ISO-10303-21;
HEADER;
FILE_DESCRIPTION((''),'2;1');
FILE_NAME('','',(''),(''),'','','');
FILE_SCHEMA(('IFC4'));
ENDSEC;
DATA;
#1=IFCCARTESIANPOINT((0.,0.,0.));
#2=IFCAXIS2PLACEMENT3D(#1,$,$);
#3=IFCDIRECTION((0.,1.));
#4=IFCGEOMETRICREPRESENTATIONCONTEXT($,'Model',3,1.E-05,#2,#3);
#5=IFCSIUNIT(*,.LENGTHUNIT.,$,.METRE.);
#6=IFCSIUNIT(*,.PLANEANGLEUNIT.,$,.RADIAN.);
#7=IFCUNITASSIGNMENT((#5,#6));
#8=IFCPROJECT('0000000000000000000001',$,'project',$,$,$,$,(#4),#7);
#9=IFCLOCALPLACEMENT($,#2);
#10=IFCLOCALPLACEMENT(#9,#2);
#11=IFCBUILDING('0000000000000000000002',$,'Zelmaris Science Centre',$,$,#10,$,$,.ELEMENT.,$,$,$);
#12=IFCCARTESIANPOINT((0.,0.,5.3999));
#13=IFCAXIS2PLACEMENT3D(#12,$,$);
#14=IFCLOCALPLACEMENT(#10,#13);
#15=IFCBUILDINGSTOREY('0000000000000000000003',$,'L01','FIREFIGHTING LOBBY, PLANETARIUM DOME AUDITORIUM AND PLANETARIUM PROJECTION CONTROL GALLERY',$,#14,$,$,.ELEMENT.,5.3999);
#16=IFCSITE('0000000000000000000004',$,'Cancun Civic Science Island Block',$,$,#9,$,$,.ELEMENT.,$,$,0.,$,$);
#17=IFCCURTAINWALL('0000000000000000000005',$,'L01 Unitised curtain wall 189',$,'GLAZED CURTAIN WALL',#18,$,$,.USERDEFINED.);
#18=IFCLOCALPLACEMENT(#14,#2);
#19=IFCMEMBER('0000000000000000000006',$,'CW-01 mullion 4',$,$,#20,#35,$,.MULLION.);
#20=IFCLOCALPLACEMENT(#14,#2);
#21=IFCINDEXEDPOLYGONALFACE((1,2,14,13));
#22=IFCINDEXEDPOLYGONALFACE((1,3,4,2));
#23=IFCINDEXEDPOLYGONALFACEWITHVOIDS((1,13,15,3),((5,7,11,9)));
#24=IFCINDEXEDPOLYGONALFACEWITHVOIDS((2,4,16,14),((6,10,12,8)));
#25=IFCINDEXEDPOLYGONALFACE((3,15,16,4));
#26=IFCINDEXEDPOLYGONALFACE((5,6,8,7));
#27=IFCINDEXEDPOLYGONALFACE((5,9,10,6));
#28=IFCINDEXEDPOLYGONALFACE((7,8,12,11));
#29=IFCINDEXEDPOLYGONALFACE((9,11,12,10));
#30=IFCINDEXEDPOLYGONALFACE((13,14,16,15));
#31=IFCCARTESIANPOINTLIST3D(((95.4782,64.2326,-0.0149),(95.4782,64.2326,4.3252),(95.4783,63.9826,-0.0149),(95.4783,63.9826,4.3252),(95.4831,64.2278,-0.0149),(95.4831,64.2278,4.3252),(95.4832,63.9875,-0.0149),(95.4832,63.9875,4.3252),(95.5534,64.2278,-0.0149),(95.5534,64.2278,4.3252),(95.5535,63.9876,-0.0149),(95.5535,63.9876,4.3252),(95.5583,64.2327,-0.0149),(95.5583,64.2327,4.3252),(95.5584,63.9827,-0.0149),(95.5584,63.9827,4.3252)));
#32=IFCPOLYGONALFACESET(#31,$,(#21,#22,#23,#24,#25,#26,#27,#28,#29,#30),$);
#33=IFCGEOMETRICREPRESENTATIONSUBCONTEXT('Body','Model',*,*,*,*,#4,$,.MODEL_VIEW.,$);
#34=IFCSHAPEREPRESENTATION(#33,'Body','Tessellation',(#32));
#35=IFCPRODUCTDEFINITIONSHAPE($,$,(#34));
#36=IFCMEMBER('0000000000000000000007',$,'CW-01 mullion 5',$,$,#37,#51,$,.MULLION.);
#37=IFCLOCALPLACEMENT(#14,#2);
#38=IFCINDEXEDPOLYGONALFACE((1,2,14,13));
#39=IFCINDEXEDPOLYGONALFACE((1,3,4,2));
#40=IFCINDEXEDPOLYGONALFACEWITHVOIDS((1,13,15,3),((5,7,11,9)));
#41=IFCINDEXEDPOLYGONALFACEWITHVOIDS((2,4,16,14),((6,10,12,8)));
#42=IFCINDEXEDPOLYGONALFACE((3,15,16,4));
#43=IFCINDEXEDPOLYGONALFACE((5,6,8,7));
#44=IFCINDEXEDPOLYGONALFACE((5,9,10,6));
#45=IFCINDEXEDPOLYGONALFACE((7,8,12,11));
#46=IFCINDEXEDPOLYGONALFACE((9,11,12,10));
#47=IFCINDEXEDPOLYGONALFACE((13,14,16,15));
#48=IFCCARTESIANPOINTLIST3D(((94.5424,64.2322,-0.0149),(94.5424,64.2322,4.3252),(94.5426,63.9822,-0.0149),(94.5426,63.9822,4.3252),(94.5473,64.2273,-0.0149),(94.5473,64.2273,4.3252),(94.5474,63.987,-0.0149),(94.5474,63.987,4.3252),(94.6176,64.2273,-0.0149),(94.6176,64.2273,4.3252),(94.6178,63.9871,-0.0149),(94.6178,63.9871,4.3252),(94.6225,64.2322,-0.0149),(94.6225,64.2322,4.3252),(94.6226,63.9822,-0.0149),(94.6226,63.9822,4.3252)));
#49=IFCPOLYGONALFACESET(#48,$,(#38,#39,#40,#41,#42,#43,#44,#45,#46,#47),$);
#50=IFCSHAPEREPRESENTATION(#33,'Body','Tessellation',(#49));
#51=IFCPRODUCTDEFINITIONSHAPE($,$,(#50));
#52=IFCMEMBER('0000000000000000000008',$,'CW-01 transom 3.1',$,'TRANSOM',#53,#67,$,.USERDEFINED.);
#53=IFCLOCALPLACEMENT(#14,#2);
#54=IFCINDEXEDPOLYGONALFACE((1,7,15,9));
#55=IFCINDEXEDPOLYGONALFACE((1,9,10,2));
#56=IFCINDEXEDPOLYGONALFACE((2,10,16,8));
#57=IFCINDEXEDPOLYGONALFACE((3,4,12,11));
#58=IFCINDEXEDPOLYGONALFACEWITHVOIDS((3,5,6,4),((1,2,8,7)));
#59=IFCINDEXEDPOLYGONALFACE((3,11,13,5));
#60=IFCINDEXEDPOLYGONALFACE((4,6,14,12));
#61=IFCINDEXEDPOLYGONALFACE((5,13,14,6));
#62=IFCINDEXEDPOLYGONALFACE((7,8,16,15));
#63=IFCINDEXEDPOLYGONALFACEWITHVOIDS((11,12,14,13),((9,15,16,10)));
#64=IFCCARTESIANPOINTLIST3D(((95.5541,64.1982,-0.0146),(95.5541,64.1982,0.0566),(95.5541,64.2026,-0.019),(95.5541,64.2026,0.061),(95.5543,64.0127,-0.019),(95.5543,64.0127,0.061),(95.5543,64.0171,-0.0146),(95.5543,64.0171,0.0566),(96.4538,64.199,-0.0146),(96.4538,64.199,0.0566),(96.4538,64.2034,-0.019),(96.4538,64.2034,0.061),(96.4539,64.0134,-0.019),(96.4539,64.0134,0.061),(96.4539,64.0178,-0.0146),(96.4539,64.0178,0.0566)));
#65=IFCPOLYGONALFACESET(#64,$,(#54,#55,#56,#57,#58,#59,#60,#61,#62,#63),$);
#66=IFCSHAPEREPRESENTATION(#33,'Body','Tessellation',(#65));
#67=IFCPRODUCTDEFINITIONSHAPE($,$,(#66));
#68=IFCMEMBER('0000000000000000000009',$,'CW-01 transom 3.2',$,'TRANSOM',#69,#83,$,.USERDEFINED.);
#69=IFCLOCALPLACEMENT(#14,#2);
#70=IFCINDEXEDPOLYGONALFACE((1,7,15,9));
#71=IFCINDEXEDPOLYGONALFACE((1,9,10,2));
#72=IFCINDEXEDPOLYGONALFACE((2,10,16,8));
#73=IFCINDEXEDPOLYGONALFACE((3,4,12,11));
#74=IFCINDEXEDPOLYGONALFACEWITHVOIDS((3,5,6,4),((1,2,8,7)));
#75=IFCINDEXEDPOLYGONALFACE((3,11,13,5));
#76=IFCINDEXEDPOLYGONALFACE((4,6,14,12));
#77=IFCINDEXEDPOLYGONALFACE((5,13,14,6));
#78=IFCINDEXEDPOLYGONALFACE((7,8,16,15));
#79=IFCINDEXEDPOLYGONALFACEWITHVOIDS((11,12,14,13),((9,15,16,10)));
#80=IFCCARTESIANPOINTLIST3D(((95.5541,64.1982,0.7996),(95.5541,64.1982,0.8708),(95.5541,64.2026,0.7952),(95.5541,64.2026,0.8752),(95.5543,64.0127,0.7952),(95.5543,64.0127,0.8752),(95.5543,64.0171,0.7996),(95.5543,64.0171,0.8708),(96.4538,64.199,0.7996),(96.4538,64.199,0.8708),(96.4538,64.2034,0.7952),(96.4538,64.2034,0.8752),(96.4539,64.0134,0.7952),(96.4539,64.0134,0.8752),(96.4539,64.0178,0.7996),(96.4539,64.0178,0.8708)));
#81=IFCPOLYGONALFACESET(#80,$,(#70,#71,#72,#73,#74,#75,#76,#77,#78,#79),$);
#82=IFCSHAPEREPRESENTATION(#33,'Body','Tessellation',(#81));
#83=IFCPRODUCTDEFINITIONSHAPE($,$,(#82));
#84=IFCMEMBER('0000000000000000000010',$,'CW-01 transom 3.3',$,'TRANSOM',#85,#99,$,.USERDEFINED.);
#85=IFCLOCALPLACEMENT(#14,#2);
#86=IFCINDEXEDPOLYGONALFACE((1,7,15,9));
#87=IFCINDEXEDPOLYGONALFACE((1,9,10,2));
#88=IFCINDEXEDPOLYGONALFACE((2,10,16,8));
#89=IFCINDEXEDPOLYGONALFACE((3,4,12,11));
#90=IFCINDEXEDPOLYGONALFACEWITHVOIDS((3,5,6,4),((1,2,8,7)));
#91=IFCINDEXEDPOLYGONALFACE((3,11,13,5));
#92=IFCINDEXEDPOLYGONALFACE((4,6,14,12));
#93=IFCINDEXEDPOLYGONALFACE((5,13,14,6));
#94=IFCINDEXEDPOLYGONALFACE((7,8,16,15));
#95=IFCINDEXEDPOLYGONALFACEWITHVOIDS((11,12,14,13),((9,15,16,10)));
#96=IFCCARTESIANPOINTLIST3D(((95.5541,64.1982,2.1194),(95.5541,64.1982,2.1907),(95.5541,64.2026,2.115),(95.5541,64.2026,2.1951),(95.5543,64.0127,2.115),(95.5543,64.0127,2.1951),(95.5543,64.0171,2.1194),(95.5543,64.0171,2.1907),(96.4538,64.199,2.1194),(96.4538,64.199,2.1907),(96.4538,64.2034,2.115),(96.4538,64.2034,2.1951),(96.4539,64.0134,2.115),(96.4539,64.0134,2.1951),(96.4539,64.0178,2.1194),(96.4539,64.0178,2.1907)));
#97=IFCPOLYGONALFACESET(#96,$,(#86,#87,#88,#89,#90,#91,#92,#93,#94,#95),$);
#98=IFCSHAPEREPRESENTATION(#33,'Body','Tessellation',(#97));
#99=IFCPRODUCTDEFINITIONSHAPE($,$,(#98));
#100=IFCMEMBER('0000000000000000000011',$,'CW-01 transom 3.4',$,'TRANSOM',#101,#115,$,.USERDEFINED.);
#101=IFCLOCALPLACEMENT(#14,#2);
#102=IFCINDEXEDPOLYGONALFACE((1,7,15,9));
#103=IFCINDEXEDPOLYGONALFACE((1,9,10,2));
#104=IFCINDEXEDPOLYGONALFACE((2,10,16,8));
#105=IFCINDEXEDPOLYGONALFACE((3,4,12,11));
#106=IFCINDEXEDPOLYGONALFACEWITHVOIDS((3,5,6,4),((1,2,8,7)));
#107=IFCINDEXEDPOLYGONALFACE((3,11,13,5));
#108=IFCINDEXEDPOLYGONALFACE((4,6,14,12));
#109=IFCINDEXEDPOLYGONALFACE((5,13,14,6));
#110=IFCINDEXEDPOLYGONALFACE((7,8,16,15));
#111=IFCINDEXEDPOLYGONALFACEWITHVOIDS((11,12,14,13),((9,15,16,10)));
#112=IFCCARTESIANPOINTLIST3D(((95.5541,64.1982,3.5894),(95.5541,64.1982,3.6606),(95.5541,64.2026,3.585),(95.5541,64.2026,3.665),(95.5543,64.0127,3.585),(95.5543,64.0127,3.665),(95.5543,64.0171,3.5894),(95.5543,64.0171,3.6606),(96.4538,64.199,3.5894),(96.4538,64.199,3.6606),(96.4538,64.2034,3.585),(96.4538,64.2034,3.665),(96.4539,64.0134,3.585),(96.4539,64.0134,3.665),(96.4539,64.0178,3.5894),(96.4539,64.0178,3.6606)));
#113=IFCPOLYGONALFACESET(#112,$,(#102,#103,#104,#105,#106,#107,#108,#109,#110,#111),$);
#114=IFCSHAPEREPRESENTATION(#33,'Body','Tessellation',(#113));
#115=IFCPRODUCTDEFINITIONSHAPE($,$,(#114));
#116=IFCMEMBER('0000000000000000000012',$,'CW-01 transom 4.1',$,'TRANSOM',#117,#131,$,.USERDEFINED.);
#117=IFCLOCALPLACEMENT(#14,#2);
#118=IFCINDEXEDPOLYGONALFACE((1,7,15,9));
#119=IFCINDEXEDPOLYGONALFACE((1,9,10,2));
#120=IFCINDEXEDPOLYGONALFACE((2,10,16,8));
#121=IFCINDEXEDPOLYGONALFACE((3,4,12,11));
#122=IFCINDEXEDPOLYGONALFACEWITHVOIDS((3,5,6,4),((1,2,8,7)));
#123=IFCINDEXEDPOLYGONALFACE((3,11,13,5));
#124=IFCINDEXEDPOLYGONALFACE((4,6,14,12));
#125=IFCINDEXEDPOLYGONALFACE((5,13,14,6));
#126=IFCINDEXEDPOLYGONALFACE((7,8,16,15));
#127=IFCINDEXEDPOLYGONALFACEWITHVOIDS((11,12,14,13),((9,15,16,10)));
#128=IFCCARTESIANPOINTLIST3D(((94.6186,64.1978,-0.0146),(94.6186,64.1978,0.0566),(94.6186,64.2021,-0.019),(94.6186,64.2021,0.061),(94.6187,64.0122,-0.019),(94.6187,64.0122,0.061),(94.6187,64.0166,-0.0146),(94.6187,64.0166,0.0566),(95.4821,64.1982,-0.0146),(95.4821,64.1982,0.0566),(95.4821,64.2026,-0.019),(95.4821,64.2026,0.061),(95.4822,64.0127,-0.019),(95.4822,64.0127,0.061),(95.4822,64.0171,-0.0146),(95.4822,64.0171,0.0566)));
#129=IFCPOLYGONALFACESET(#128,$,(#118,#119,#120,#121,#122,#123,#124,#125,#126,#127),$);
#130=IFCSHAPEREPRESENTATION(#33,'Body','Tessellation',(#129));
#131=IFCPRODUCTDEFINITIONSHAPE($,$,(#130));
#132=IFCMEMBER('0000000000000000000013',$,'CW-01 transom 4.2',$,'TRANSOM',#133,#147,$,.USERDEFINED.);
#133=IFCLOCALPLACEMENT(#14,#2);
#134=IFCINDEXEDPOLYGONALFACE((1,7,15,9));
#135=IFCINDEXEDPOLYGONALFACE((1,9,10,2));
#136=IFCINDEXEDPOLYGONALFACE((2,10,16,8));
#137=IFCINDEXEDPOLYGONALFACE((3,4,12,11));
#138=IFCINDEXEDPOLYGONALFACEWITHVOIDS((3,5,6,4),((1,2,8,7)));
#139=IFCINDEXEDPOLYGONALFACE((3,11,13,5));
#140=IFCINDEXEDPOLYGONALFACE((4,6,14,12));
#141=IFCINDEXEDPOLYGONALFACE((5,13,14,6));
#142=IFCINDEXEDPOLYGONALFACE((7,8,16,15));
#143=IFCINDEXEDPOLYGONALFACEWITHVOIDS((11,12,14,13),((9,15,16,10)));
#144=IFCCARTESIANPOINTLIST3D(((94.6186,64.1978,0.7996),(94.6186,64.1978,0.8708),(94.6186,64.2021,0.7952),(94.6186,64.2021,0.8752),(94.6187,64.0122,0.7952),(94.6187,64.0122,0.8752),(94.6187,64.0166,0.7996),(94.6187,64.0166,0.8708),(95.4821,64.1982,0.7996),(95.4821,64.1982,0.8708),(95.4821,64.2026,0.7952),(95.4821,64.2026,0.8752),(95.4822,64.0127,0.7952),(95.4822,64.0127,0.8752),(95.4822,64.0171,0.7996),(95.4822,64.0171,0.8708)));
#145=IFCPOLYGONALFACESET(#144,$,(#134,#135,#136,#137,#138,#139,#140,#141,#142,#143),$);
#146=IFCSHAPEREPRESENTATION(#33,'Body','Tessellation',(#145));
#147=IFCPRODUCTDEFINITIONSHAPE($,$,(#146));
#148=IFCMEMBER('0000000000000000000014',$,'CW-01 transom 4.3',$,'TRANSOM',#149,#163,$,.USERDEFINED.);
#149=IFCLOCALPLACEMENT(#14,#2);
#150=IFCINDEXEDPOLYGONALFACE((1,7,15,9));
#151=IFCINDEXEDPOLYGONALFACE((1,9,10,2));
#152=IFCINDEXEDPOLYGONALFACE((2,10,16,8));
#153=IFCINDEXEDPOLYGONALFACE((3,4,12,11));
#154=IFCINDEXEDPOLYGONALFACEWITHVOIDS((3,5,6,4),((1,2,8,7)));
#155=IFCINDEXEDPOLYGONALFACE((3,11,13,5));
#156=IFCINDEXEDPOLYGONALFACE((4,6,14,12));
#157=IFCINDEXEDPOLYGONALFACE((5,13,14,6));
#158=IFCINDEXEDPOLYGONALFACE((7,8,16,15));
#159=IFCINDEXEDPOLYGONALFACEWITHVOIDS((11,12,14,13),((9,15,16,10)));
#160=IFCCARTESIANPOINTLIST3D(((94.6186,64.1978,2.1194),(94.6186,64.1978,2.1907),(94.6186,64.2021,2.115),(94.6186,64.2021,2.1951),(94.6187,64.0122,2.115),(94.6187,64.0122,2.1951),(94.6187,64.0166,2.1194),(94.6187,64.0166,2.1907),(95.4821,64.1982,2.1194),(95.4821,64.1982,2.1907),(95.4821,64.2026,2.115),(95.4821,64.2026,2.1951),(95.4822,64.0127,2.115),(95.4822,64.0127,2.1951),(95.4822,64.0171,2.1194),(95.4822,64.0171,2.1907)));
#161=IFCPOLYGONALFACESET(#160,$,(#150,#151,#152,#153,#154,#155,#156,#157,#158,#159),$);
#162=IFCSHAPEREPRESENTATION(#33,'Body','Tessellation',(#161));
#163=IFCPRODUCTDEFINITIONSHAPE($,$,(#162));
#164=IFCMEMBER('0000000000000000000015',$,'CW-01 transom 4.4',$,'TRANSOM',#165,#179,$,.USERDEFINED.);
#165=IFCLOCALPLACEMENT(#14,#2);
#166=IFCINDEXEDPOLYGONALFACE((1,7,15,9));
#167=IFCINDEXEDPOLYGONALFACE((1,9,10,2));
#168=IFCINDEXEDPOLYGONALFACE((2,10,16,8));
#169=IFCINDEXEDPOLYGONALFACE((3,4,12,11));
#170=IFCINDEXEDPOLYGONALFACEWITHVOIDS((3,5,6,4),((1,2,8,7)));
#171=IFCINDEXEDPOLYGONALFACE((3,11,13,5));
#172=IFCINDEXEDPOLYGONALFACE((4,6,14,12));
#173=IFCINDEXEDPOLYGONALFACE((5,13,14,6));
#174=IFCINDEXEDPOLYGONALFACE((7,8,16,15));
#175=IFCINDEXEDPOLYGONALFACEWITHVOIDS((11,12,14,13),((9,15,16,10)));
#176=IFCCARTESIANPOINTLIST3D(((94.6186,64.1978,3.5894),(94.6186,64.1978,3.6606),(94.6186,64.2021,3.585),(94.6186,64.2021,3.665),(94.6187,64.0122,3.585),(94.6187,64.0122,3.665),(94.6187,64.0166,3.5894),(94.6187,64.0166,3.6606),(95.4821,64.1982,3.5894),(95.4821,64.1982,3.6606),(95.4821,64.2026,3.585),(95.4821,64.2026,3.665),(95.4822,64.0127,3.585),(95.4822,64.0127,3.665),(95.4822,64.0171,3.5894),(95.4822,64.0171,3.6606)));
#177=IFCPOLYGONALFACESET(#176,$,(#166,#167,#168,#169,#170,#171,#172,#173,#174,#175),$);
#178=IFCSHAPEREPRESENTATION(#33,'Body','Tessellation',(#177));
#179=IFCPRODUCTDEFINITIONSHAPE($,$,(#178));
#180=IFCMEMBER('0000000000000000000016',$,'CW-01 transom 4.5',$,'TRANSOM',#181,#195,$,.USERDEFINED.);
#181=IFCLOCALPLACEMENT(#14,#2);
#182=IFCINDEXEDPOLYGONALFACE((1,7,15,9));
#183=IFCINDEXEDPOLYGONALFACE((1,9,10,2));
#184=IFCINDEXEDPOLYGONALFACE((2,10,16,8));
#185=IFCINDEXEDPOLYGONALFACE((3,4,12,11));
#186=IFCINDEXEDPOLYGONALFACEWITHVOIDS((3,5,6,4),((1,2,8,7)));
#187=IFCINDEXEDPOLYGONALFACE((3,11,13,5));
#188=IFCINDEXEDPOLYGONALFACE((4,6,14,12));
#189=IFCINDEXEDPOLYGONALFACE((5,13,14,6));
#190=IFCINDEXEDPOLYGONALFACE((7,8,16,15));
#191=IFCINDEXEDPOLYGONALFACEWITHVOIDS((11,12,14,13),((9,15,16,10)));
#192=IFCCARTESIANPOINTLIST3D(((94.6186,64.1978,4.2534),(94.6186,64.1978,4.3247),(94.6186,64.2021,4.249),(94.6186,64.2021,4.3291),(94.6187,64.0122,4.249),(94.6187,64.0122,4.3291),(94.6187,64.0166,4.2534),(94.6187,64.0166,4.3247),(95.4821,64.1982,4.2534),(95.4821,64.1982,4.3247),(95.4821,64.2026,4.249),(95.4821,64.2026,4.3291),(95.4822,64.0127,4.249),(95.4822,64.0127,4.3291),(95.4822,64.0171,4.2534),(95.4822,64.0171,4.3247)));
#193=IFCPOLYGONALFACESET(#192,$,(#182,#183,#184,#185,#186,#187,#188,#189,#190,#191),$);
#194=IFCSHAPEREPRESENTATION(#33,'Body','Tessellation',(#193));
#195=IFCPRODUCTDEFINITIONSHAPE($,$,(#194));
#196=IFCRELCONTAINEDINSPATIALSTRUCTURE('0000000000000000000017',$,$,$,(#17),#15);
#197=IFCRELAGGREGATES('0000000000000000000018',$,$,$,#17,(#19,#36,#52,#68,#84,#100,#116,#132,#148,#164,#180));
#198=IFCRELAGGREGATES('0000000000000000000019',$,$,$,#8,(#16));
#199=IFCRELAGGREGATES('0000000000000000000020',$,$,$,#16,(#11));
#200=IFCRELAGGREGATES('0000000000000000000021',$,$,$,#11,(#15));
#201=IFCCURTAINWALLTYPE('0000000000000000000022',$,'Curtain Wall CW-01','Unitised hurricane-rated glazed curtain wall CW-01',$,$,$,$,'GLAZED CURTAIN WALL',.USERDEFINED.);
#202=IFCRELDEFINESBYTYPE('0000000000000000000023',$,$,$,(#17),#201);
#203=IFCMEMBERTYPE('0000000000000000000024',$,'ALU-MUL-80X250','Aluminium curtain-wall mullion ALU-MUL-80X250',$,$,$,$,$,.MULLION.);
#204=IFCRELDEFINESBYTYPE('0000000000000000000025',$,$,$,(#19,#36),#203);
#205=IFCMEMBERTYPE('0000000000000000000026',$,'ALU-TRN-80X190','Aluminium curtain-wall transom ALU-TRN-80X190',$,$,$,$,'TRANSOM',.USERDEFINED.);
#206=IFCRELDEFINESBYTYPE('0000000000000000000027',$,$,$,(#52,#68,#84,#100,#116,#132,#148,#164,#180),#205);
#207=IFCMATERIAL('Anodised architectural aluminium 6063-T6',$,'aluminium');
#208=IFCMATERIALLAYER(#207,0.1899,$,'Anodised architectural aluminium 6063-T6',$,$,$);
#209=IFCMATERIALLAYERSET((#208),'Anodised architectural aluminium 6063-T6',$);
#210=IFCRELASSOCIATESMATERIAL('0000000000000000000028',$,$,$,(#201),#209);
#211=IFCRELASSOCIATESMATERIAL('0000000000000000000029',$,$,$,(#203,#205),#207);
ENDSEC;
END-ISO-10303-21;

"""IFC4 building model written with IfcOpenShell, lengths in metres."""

from ifc_helpers import new_model, si_unit, direction, frame, origin, origin_2d, place, context, subcontext, project, spatial, hollow_rectangle, extrude, material, layer, layer_set, material_profile, profile_set, type_object, element, aggregate, save


model = new_model("IFC4")

# Units and contexts
model_context = context("Model", 3, precision=1e-05, world=origin(), true_north=direction((0.0, 1.0)))
body_context = subcontext(model_context, "Body", "Model", "MODEL_VIEW")
ifc_project = project(units=[si_unit("LENGTHUNIT", "METRE"), si_unit("PLANEANGLEUNIT", "RADIAN")], contexts=[model_context])

# Site, building, storey
site_placement = place(None, origin())
site = spatial("IfcSite", under=ifc_project, at=site_placement, Name="Cancun Civic Science Island Block", CompositionType="ELEMENT", RefElevation=0.0)
building_placement = place(site_placement, origin())
building = spatial("IfcBuilding", under=site, at=building_placement, Name="Zelmaris Science Centre", CompositionType="ELEMENT")
storey_placement = place(building_placement, frame((0.0, 0.0, 5.3999)))
storey = spatial("IfcBuildingStorey", under=building, at=storey_placement, Name="L01", Description="FIREFIGHTING LOBBY, PLANETARIUM DOME AUDITORIUM AND PLANETARIUM PROJECTION CONTROL GALLERY", CompositionType="ELEMENT", Elevation=5.3999)

# Curtain wall, members
ifc_material_1 = material(Name="Anodised architectural aluminium 6063-T6", Category="aluminium")
ifc_layer_1 = layer(ifc_material_1, 0.1899, Name="Anodised architectural aluminium 6063-T6")
ifc_layer_set_1 = layer_set([ifc_layer_1], Name="Anodised architectural aluminium 6063-T6")
curtain_wall_type = type_object("IfcCurtainWallType", Name="Curtain Wall CW-01", Description="Unitised hurricane-rated glazed curtain wall CW-01", ElementType="GLAZED CURTAIN WALL", PredefinedType="USERDEFINED", material=ifc_layer_set_1)
curtain_wall_placement = place(storey_placement, origin())
curtain_wall = element("IfcCurtainWall", 1, at=curtain_wall_placement, inside=storey, type_object=curtain_wall_type, Name="L01 Unitised curtain wall 189", ObjectType="GLAZED CURTAIN WALL", PredefinedType="USERDEFINED")
ifc_material_profile_1 = material_profile(ifc_material_1, hollow_rectangle(XDim=0.0801, YDim=0.25, WallThickness=0.0049, at=origin_2d()), Name="ALU-MUL-80X250")
ifc_profile_set_1 = profile_set([ifc_material_profile_1], Name="Anodised architectural aluminium 6063-T6")
member_type_1 = type_object("IfcMemberType", Name="ALU-MUL-80X250", Description="Aluminium curtain-wall mullion ALU-MUL-80X250", PredefinedType="MULLION", material=ifc_profile_set_1)
member_1_placement = place(storey_placement, frame((95.5183, 64.1077, -0.0149), z_axis=(0.0, 0.0, 1.0), x_axis=(-1.0, -0.000625, 0.0)))
member_1 = element("IfcMember", 2, at=member_1_placement, type_object=member_type_1, Name="CW-01 mullion 4", PredefinedType="MULLION", context=body_context, shape_type="SweptSolid", body=[
    extrude(hollow_rectangle(XDim=0.0801, YDim=0.25, WallThickness=0.0049, at=origin_2d()), origin(), (0.0, 0.0, 1.0), 4.3401),
])
member_2_placement = place(storey_placement, frame((94.5825, 64.1072, -0.0149), z_axis=(0.0, 0.0, 1.0), x_axis=(-1.0, -0.000625, 0.0)))
member_2 = element("IfcMember", 3, at=member_2_placement, type_object=member_type_1, Name="CW-01 mullion 5", PredefinedType="MULLION", context=body_context, shape_type="SweptSolid", body=[
    extrude(hollow_rectangle(XDim=0.0801, YDim=0.25, WallThickness=0.0049, at=origin_2d()), origin(), (0.0, 0.0, 1.0), 4.3401),
])
ifc_material_profile_2 = material_profile(ifc_material_1, hollow_rectangle(XDim=0.0801, YDim=0.1899, WallThickness=0.0044, at=origin_2d()), Name="ALU-TRN-80X190")
ifc_profile_set_2 = profile_set([ifc_material_profile_2], Name="Anodised architectural aluminium 6063-T6")
member_type_2 = type_object("IfcMemberType", Name="ALU-TRN-80X190", Description="Aluminium curtain-wall transom ALU-TRN-80X190", ElementType="TRANSOM", PredefinedType="USERDEFINED", material=ifc_profile_set_2)
member_3_placement = place(storey_placement, frame((96.4539, 64.1084, 0.021), z_axis=(-1.0, -0.000814, 0.0), x_axis=(0.0, 0.0, 1.0)))
member_3 = element("IfcMember", 4, at=member_3_placement, type_object=member_type_2, Name="CW-01 transom 3.1", ObjectType="TRANSOM", PredefinedType="USERDEFINED", context=body_context, shape_type="SweptSolid", body=[
    extrude(hollow_rectangle(XDim=0.0801, YDim=0.1899, WallThickness=0.0044, at=origin_2d()), origin(), (0.0, 0.0, 1.0), 0.8997),
])
member_4_placement = place(storey_placement, frame((96.4539, 64.1084, 0.8352), z_axis=(-1.0, -0.000814, 0.0), x_axis=(0.0, 0.0, 1.0)))
member_4 = element("IfcMember", 5, at=member_4_placement, type_object=member_type_2, Name="CW-01 transom 3.2", ObjectType="TRANSOM", PredefinedType="USERDEFINED", context=body_context, shape_type="SweptSolid", body=[
    extrude(hollow_rectangle(XDim=0.0801, YDim=0.1899, WallThickness=0.0044, at=origin_2d()), origin(), (0.0, 0.0, 1.0), 0.8997),
])
member_5_placement = place(storey_placement, frame((96.4539, 64.1084, 2.155), z_axis=(-1.0, -0.000814, 0.0), x_axis=(0.0, 0.0, 1.0)))
member_5 = element("IfcMember", 6, at=member_5_placement, type_object=member_type_2, Name="CW-01 transom 3.3", ObjectType="TRANSOM", PredefinedType="USERDEFINED", context=body_context, shape_type="SweptSolid", body=[
    extrude(hollow_rectangle(XDim=0.0801, YDim=0.1899, WallThickness=0.0044, at=origin_2d()), origin(), (0.0, 0.0, 1.0), 0.8997),
])
member_6_placement = place(storey_placement, frame((96.4539, 64.1084, 3.625), z_axis=(-1.0, -0.000814, 0.0), x_axis=(0.0, 0.0, 1.0)))
member_6 = element("IfcMember", 7, at=member_6_placement, type_object=member_type_2, Name="CW-01 transom 3.4", ObjectType="TRANSOM", PredefinedType="USERDEFINED", context=body_context, shape_type="SweptSolid", body=[
    extrude(hollow_rectangle(XDim=0.0801, YDim=0.1899, WallThickness=0.0044, at=origin_2d()), origin(), (0.0, 0.0, 1.0), 0.8997),
])
member_7_placement = place(storey_placement, frame((95.4822, 64.1077, 0.021), z_axis=(-1.0, -0.000565, 0.0), x_axis=(0.0, 0.0, 1.0)))
member_7 = element("IfcMember", 8, at=member_7_placement, type_object=member_type_2, Name="CW-01 transom 4.1", ObjectType="TRANSOM", PredefinedType="USERDEFINED", context=body_context, shape_type="SweptSolid", body=[
    extrude(hollow_rectangle(XDim=0.0801, YDim=0.1899, WallThickness=0.0044, at=origin_2d()), origin(), (0.0, 0.0, 1.0), 0.8635),
])
member_8_placement = place(storey_placement, frame((95.4822, 64.1077, 0.8352), z_axis=(-1.0, -0.000565, 0.0), x_axis=(0.0, 0.0, 1.0)))
member_8 = element("IfcMember", 9, at=member_8_placement, type_object=member_type_2, Name="CW-01 transom 4.2", ObjectType="TRANSOM", PredefinedType="USERDEFINED", context=body_context, shape_type="SweptSolid", body=[
    extrude(hollow_rectangle(XDim=0.0801, YDim=0.1899, WallThickness=0.0044, at=origin_2d()), origin(), (0.0, 0.0, 1.0), 0.8635),
])
member_9_placement = place(storey_placement, frame((95.4822, 64.1077, 2.155), z_axis=(-1.0, -0.000565, 0.0), x_axis=(0.0, 0.0, 1.0)))
member_9 = element("IfcMember", 10, at=member_9_placement, type_object=member_type_2, Name="CW-01 transom 4.3", ObjectType="TRANSOM", PredefinedType="USERDEFINED", context=body_context, shape_type="SweptSolid", body=[
    extrude(hollow_rectangle(XDim=0.0801, YDim=0.1899, WallThickness=0.0044, at=origin_2d()), origin(), (0.0, 0.0, 1.0), 0.8635),
])
member_10_placement = place(storey_placement, frame((95.4822, 64.1077, 3.625), z_axis=(-1.0, -0.000565, 0.0), x_axis=(0.0, 0.0, 1.0)))
member_10 = element("IfcMember", 11, at=member_10_placement, type_object=member_type_2, Name="CW-01 transom 4.4", ObjectType="TRANSOM", PredefinedType="USERDEFINED", context=body_context, shape_type="SweptSolid", body=[
    extrude(hollow_rectangle(XDim=0.0801, YDim=0.1899, WallThickness=0.0044, at=origin_2d()), origin(), (0.0, 0.0, 1.0), 0.8635),
])
member_11_placement = place(storey_placement, frame((95.4822, 64.1077, 4.2891), z_axis=(-1.0, -0.000565, 0.0), x_axis=(0.0, 0.0, 1.0)))
member_11 = element("IfcMember", 12, at=member_11_placement, type_object=member_type_2, Name="CW-01 transom 4.5", ObjectType="TRANSOM", PredefinedType="USERDEFINED", context=body_context, shape_type="SweptSolid", body=[
    extrude(hollow_rectangle(XDim=0.0801, YDim=0.1899, WallThickness=0.0044, at=origin_2d()), origin(), (0.0, 0.0, 1.0), 0.8635),
])

aggregate(curtain_wall, [member_1, member_2, member_3, member_4, member_5, member_6, member_7, member_8, member_9, member_10, member_11])

save(model, "model.ifc")
